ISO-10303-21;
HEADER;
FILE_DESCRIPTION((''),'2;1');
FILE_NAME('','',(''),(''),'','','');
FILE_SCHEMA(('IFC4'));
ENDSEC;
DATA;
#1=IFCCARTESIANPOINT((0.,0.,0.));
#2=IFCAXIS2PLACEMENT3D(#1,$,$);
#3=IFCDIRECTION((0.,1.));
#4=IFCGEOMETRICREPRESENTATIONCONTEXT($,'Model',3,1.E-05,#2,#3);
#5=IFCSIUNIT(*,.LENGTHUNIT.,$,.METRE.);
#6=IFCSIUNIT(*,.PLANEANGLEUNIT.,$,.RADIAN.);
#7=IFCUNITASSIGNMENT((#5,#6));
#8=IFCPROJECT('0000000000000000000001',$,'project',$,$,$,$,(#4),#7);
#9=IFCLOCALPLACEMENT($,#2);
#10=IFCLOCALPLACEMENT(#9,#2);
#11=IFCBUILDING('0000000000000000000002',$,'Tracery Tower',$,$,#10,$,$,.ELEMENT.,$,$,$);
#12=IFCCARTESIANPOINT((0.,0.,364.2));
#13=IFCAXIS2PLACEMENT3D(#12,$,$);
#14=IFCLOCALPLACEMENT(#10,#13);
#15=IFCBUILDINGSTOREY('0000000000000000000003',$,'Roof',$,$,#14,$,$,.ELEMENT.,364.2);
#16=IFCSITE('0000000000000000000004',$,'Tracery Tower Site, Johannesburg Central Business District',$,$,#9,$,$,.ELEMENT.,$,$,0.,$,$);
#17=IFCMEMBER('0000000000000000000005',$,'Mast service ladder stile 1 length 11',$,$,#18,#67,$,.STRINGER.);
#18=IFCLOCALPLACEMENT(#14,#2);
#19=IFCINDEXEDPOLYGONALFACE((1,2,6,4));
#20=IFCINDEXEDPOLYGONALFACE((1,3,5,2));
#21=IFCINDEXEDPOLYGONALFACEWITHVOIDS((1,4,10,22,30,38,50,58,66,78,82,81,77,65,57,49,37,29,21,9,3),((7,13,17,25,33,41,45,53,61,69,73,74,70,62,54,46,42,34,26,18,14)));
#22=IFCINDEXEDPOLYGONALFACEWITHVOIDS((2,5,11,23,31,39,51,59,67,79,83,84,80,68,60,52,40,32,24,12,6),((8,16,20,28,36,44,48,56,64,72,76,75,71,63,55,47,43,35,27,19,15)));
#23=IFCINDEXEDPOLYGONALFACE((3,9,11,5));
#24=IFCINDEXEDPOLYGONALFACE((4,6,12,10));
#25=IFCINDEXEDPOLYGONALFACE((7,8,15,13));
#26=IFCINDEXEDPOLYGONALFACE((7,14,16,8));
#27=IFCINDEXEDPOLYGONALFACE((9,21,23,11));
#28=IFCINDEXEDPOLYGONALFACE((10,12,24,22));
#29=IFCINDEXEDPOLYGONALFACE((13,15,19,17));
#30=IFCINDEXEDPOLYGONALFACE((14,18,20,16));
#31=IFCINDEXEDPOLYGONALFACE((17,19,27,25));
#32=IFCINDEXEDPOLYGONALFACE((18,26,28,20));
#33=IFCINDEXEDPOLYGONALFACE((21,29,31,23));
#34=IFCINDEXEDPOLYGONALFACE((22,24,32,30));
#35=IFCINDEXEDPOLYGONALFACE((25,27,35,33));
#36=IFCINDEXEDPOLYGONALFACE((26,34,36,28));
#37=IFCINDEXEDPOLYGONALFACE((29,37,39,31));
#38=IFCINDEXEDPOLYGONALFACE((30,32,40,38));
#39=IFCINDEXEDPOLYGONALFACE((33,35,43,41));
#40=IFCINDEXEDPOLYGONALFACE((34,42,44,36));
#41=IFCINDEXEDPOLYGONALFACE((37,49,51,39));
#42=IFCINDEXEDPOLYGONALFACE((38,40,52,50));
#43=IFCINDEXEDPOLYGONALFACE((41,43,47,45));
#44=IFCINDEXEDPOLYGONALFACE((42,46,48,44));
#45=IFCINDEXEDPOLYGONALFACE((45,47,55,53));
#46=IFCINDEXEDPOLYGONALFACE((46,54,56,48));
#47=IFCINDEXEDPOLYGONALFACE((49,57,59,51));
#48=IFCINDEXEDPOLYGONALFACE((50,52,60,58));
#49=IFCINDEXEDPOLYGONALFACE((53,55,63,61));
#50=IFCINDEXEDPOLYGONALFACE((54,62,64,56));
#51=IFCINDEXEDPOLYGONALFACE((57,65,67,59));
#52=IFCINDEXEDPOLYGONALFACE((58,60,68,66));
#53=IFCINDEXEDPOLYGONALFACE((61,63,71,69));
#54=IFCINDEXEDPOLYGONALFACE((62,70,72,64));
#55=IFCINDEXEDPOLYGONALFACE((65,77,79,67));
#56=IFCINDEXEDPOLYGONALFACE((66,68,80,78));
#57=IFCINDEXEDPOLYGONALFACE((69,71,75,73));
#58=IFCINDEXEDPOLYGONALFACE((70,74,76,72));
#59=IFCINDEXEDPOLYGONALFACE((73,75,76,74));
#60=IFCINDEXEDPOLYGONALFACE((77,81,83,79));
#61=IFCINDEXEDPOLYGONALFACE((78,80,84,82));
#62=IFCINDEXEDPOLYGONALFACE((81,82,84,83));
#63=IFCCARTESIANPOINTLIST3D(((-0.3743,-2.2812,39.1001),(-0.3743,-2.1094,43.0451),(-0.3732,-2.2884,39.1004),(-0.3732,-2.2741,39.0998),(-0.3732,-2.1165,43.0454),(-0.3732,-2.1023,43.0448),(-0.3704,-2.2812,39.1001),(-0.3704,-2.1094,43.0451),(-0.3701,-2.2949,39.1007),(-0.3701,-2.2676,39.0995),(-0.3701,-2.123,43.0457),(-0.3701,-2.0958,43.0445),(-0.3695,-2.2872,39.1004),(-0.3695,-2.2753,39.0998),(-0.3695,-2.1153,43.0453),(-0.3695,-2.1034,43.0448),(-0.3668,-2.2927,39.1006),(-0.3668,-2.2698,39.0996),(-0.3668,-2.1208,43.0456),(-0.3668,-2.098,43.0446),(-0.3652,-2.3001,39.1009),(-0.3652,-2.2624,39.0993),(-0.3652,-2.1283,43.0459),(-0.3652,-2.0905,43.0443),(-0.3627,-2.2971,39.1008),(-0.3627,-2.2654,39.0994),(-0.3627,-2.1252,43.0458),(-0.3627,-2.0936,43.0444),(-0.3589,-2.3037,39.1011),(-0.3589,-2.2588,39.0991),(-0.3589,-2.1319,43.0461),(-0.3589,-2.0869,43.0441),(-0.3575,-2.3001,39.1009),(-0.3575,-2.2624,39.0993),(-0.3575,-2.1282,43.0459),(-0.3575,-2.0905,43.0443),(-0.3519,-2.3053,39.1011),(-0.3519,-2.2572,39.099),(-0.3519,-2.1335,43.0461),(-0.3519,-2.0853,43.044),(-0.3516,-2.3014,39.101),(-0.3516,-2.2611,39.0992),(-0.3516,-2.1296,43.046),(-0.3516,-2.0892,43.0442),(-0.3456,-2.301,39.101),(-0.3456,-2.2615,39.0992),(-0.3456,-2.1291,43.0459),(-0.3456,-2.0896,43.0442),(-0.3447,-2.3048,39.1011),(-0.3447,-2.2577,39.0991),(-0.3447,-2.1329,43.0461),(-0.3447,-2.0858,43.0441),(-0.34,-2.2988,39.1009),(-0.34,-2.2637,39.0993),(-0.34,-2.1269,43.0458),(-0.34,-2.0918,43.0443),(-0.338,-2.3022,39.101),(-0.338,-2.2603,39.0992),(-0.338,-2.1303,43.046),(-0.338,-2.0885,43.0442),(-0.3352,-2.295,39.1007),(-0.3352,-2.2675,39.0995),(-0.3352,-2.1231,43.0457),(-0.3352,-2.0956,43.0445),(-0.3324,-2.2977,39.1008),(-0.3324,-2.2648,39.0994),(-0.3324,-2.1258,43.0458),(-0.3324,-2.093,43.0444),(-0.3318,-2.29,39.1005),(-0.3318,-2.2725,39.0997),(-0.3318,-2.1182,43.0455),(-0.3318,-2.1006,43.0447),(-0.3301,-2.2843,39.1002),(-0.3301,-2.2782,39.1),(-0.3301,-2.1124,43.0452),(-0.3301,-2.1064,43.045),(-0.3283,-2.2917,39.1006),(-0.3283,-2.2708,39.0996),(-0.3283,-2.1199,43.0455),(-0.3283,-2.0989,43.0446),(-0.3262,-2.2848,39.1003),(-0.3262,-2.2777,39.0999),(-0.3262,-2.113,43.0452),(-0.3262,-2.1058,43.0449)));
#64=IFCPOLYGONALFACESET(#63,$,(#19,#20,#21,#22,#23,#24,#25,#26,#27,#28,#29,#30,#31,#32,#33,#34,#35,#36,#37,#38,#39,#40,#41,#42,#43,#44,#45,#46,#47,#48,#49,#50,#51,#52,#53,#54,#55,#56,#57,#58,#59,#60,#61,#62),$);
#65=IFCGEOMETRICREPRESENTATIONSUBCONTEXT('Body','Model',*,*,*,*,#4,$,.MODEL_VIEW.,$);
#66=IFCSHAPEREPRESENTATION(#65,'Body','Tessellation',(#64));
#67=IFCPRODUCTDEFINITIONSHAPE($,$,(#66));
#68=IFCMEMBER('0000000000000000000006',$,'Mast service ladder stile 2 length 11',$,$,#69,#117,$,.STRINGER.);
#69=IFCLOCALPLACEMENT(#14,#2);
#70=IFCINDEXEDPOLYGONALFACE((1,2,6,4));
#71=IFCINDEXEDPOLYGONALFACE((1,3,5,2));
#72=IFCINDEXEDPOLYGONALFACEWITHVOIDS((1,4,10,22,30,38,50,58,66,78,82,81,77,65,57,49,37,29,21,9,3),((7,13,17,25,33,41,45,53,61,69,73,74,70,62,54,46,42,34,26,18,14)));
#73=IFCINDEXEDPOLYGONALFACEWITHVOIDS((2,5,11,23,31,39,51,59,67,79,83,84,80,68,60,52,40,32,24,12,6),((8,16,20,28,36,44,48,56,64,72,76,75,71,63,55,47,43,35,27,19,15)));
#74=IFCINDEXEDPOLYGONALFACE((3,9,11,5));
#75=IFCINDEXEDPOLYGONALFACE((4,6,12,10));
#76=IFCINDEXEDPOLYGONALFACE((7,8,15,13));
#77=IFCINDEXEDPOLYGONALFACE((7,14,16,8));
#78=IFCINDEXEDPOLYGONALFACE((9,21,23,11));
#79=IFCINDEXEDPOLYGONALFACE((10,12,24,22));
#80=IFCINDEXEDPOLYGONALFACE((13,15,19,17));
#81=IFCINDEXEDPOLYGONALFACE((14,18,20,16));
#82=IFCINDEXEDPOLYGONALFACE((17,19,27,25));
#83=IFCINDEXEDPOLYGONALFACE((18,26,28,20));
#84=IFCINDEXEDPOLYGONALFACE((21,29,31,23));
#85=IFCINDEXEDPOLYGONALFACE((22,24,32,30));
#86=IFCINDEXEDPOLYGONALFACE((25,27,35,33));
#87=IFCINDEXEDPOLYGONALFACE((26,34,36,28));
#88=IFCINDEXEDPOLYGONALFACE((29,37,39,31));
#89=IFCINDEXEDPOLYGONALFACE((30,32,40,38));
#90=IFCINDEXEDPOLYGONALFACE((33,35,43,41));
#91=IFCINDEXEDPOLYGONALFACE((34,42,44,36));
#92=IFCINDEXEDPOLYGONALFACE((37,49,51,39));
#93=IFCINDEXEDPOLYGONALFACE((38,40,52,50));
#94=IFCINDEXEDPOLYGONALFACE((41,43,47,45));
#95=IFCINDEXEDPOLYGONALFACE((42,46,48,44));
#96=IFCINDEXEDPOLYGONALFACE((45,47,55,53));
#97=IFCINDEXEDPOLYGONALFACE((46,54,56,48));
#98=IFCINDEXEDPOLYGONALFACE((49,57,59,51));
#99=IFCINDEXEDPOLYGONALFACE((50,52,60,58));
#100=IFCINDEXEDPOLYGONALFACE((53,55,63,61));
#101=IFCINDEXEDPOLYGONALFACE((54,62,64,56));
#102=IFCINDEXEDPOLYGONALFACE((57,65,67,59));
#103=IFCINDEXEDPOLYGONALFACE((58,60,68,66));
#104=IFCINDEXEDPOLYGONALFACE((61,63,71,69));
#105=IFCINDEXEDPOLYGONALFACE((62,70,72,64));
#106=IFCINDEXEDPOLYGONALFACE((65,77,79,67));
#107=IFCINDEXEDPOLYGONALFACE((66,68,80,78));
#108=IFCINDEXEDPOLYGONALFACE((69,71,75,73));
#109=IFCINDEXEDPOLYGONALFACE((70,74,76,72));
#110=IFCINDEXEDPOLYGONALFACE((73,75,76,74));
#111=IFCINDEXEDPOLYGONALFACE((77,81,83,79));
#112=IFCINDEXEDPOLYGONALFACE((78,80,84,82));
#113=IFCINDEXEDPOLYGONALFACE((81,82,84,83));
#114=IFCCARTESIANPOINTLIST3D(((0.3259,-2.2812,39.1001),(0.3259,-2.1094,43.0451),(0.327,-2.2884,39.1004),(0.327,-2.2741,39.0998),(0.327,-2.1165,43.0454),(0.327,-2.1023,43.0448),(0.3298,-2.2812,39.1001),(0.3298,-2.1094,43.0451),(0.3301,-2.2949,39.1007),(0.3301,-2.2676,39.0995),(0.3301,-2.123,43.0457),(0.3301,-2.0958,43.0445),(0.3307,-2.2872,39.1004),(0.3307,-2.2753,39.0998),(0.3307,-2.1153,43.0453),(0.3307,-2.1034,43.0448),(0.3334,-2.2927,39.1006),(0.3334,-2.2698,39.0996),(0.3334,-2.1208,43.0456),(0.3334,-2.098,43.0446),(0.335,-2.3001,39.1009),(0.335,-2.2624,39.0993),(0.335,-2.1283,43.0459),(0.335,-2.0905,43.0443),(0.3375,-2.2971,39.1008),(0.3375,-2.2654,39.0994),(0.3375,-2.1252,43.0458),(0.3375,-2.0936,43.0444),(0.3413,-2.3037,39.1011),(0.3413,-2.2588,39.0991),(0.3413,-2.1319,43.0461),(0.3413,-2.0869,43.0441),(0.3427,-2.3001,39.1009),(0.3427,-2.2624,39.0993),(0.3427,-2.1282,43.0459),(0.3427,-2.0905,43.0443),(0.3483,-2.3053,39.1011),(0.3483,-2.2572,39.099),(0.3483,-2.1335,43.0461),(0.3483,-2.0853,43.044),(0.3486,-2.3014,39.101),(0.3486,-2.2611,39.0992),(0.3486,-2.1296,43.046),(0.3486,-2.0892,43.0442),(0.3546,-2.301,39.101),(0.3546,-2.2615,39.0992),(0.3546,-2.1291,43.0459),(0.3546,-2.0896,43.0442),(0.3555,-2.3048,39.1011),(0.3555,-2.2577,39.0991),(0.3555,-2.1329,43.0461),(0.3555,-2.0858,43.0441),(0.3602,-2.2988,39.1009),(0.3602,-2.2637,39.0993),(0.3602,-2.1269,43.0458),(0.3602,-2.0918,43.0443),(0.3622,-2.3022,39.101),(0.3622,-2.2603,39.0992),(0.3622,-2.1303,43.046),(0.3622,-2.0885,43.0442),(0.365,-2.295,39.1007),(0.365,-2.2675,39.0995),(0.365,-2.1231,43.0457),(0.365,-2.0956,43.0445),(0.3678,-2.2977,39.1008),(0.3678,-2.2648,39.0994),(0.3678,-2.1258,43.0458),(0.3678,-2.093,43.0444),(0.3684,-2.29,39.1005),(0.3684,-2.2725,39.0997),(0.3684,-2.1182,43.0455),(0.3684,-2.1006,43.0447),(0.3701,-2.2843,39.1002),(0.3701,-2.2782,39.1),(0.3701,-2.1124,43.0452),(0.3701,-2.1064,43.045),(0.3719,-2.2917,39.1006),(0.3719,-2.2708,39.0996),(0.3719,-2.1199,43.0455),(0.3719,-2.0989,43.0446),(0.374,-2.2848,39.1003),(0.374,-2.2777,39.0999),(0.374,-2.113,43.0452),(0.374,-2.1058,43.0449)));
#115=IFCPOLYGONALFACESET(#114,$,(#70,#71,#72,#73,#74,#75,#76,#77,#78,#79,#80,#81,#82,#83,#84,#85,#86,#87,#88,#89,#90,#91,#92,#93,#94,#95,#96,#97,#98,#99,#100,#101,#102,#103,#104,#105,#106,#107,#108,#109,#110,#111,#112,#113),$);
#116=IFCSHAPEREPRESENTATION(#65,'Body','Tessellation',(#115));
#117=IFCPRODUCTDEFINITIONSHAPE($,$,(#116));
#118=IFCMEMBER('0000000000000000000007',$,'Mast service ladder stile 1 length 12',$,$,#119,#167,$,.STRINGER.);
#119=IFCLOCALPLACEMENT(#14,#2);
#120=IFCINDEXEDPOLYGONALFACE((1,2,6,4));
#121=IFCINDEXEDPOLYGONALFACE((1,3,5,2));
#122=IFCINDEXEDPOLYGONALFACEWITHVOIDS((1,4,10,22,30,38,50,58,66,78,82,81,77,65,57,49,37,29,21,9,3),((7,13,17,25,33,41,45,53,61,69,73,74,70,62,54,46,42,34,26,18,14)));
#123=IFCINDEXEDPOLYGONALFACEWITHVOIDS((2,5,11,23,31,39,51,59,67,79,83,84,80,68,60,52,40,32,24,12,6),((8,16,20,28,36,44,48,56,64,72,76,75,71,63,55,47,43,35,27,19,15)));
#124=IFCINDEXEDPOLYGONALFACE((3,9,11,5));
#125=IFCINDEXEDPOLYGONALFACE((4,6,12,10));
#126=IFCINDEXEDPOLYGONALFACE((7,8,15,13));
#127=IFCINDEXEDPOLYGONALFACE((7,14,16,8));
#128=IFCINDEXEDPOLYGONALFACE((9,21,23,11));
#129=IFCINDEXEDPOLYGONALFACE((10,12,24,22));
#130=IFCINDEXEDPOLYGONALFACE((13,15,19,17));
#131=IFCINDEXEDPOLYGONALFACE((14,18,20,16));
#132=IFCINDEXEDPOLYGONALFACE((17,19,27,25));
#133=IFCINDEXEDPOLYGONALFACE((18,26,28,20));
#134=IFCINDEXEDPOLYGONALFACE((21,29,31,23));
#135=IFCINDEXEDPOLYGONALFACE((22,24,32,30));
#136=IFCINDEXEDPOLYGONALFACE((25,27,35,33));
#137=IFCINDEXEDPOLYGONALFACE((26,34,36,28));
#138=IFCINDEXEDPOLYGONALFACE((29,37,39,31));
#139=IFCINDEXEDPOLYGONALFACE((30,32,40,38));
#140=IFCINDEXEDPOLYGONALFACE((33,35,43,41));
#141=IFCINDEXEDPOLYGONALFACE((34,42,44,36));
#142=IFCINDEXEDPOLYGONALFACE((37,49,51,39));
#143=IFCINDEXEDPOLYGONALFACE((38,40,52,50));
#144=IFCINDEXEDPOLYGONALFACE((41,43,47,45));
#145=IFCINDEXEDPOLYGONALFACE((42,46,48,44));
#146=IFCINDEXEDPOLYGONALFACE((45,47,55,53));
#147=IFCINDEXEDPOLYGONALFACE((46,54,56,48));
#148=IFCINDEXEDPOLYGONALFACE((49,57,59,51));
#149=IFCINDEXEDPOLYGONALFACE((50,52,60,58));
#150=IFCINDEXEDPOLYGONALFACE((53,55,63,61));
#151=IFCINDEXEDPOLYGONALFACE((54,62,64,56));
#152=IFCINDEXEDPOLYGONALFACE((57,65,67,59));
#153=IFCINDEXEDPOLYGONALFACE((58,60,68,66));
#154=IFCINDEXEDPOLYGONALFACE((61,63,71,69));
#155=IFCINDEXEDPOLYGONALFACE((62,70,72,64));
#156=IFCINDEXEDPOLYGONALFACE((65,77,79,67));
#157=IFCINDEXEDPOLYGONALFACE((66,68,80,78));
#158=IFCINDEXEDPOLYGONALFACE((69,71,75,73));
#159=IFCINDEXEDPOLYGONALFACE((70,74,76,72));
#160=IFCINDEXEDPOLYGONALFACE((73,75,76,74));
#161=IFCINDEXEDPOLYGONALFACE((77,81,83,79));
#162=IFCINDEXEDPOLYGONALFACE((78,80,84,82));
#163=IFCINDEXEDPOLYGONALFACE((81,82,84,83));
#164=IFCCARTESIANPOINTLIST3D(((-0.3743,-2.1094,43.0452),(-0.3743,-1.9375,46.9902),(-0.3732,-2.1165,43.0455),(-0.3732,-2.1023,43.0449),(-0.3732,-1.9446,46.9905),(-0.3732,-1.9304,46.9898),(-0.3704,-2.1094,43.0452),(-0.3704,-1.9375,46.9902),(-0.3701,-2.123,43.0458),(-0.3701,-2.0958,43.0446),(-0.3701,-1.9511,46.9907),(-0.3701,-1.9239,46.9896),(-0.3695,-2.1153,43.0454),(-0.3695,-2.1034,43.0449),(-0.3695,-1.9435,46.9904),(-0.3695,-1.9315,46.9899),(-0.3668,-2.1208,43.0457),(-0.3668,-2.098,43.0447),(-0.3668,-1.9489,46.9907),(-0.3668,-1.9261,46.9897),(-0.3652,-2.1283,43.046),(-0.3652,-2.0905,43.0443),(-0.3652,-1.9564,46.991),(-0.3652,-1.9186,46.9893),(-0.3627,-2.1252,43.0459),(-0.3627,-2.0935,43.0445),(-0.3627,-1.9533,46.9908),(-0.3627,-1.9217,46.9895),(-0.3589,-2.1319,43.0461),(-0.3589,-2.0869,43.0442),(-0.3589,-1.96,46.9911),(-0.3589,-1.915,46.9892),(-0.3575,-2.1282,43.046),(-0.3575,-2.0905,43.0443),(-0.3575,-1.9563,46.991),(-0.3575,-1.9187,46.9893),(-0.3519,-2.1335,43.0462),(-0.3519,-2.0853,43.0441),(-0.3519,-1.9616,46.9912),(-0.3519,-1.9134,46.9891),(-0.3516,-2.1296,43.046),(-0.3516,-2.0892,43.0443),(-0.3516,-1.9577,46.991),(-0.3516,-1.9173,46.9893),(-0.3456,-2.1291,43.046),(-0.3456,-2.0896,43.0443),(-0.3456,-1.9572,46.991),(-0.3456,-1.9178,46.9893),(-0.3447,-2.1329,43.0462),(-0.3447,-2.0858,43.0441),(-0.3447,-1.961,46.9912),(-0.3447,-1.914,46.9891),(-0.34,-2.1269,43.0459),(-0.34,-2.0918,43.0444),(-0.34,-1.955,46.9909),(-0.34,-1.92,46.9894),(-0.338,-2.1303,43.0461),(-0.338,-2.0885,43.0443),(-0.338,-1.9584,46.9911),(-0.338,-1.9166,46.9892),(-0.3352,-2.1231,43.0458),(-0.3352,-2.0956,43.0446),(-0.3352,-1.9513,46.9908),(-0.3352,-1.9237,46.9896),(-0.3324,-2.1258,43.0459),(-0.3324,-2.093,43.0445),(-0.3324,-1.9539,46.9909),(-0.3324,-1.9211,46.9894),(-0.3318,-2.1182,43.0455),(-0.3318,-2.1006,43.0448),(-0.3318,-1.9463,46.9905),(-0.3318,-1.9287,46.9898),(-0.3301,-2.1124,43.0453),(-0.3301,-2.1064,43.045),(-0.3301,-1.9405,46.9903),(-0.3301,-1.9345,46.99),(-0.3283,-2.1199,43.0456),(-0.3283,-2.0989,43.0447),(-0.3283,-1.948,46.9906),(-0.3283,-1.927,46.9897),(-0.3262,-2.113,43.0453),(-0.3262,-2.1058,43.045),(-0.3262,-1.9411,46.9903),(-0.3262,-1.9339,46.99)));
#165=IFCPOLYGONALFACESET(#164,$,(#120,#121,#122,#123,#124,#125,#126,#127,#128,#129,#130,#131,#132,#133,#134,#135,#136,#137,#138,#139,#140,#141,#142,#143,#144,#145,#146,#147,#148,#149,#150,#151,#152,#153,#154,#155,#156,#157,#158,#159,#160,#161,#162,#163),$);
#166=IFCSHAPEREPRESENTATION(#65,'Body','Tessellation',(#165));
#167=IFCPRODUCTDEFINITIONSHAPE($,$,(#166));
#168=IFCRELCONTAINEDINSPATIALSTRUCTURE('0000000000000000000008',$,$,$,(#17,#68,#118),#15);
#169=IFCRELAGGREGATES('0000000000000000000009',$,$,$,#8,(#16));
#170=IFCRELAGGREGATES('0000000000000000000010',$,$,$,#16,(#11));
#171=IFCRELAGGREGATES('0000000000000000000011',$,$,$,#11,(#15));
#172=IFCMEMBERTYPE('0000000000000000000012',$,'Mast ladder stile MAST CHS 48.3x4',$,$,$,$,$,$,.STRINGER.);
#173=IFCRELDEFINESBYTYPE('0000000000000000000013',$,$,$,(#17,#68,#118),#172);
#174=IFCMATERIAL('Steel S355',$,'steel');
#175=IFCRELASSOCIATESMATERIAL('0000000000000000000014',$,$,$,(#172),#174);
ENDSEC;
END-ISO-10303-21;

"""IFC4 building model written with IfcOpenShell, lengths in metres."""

from ifc_helpers import new_model, si_unit, direction, frame, origin, origin_2d, place, context, subcontext, project, spatial, hollow_circle, extrude, material, material_profile, profile_set, type_object, element, save


model = new_model("IFC4")

# Units and contexts
model_context = context("Model", 3, precision=1e-05, world=origin(), true_north=direction((0.0, 1.0)))
body_context = subcontext(model_context, "Body", "Model", "MODEL_VIEW")
ifc_project = project(units=[si_unit("LENGTHUNIT", "METRE"), si_unit("PLANEANGLEUNIT", "RADIAN")], contexts=[model_context])

# Site, building, storey
site_placement = place(None, origin())
site = spatial("IfcSite", under=ifc_project, at=site_placement, Name="Tracery Tower Site, Johannesburg Central Business District", CompositionType="ELEMENT", RefElevation=0.0)
building_placement = place(site_placement, origin())
building = spatial("IfcBuilding", under=site, at=building_placement, Name="Tracery Tower", CompositionType="ELEMENT")
storey_placement = place(building_placement, frame((0.0, 0.0, 364.2)))
storey = spatial("IfcBuildingStorey", under=building, at=storey_placement, Name="Roof", CompositionType="ELEMENT", Elevation=364.2)

# Members
ifc_material_1 = material(Name="Steel S355", Category="steel")
ifc_material_profile_1 = material_profile(ifc_material_1, hollow_circle(Radius=0.0242, WallThickness=0.0039, at=origin_2d()), Name="CHS 48.3x4")
ifc_profile_set_1 = profile_set([ifc_material_profile_1], Name="Steel S355")
member_type_1 = type_object("IfcMemberType", Name="Mast ladder stile MAST CHS 48.3x4", PredefinedType="STRINGER", material=ifc_profile_set_1)
for number, where, z_axis, x_axis, name in (
    (1, (-0.3501, -2.2812, 39.1001), (0.0, 0.043526, 0.999052), (-1.0, 0.0, 0.0), "Mast service ladder stile 1 length 11"),
    (2, (0.3501, -2.2812, 39.1001), (0.0, 0.043526, 0.999052), (-1.0, 0.0, 0.0), "Mast service ladder stile 2 length 11"),
    (3, (-0.3501, -2.1094, 43.0452), (0.0, 0.043526, 0.999052), (-1.0, 0.0, 0.0), "Mast service ladder stile 1 length 12"),
):
    element("IfcMember", number, at=place(storey_placement, frame(where, z_axis=z_axis, x_axis=x_axis)), inside=storey, type_object=member_type_1, Name=name, PredefinedType="STRINGER", context=body_context, shape_type="SweptSolid", body=[
        extrude(hollow_circle(Radius=0.0242, WallThickness=0.0039, at=origin_2d()), origin(), (0.0, 0.0, 1.0), 3.9487),
    ])

save(model, "model.ifc")
